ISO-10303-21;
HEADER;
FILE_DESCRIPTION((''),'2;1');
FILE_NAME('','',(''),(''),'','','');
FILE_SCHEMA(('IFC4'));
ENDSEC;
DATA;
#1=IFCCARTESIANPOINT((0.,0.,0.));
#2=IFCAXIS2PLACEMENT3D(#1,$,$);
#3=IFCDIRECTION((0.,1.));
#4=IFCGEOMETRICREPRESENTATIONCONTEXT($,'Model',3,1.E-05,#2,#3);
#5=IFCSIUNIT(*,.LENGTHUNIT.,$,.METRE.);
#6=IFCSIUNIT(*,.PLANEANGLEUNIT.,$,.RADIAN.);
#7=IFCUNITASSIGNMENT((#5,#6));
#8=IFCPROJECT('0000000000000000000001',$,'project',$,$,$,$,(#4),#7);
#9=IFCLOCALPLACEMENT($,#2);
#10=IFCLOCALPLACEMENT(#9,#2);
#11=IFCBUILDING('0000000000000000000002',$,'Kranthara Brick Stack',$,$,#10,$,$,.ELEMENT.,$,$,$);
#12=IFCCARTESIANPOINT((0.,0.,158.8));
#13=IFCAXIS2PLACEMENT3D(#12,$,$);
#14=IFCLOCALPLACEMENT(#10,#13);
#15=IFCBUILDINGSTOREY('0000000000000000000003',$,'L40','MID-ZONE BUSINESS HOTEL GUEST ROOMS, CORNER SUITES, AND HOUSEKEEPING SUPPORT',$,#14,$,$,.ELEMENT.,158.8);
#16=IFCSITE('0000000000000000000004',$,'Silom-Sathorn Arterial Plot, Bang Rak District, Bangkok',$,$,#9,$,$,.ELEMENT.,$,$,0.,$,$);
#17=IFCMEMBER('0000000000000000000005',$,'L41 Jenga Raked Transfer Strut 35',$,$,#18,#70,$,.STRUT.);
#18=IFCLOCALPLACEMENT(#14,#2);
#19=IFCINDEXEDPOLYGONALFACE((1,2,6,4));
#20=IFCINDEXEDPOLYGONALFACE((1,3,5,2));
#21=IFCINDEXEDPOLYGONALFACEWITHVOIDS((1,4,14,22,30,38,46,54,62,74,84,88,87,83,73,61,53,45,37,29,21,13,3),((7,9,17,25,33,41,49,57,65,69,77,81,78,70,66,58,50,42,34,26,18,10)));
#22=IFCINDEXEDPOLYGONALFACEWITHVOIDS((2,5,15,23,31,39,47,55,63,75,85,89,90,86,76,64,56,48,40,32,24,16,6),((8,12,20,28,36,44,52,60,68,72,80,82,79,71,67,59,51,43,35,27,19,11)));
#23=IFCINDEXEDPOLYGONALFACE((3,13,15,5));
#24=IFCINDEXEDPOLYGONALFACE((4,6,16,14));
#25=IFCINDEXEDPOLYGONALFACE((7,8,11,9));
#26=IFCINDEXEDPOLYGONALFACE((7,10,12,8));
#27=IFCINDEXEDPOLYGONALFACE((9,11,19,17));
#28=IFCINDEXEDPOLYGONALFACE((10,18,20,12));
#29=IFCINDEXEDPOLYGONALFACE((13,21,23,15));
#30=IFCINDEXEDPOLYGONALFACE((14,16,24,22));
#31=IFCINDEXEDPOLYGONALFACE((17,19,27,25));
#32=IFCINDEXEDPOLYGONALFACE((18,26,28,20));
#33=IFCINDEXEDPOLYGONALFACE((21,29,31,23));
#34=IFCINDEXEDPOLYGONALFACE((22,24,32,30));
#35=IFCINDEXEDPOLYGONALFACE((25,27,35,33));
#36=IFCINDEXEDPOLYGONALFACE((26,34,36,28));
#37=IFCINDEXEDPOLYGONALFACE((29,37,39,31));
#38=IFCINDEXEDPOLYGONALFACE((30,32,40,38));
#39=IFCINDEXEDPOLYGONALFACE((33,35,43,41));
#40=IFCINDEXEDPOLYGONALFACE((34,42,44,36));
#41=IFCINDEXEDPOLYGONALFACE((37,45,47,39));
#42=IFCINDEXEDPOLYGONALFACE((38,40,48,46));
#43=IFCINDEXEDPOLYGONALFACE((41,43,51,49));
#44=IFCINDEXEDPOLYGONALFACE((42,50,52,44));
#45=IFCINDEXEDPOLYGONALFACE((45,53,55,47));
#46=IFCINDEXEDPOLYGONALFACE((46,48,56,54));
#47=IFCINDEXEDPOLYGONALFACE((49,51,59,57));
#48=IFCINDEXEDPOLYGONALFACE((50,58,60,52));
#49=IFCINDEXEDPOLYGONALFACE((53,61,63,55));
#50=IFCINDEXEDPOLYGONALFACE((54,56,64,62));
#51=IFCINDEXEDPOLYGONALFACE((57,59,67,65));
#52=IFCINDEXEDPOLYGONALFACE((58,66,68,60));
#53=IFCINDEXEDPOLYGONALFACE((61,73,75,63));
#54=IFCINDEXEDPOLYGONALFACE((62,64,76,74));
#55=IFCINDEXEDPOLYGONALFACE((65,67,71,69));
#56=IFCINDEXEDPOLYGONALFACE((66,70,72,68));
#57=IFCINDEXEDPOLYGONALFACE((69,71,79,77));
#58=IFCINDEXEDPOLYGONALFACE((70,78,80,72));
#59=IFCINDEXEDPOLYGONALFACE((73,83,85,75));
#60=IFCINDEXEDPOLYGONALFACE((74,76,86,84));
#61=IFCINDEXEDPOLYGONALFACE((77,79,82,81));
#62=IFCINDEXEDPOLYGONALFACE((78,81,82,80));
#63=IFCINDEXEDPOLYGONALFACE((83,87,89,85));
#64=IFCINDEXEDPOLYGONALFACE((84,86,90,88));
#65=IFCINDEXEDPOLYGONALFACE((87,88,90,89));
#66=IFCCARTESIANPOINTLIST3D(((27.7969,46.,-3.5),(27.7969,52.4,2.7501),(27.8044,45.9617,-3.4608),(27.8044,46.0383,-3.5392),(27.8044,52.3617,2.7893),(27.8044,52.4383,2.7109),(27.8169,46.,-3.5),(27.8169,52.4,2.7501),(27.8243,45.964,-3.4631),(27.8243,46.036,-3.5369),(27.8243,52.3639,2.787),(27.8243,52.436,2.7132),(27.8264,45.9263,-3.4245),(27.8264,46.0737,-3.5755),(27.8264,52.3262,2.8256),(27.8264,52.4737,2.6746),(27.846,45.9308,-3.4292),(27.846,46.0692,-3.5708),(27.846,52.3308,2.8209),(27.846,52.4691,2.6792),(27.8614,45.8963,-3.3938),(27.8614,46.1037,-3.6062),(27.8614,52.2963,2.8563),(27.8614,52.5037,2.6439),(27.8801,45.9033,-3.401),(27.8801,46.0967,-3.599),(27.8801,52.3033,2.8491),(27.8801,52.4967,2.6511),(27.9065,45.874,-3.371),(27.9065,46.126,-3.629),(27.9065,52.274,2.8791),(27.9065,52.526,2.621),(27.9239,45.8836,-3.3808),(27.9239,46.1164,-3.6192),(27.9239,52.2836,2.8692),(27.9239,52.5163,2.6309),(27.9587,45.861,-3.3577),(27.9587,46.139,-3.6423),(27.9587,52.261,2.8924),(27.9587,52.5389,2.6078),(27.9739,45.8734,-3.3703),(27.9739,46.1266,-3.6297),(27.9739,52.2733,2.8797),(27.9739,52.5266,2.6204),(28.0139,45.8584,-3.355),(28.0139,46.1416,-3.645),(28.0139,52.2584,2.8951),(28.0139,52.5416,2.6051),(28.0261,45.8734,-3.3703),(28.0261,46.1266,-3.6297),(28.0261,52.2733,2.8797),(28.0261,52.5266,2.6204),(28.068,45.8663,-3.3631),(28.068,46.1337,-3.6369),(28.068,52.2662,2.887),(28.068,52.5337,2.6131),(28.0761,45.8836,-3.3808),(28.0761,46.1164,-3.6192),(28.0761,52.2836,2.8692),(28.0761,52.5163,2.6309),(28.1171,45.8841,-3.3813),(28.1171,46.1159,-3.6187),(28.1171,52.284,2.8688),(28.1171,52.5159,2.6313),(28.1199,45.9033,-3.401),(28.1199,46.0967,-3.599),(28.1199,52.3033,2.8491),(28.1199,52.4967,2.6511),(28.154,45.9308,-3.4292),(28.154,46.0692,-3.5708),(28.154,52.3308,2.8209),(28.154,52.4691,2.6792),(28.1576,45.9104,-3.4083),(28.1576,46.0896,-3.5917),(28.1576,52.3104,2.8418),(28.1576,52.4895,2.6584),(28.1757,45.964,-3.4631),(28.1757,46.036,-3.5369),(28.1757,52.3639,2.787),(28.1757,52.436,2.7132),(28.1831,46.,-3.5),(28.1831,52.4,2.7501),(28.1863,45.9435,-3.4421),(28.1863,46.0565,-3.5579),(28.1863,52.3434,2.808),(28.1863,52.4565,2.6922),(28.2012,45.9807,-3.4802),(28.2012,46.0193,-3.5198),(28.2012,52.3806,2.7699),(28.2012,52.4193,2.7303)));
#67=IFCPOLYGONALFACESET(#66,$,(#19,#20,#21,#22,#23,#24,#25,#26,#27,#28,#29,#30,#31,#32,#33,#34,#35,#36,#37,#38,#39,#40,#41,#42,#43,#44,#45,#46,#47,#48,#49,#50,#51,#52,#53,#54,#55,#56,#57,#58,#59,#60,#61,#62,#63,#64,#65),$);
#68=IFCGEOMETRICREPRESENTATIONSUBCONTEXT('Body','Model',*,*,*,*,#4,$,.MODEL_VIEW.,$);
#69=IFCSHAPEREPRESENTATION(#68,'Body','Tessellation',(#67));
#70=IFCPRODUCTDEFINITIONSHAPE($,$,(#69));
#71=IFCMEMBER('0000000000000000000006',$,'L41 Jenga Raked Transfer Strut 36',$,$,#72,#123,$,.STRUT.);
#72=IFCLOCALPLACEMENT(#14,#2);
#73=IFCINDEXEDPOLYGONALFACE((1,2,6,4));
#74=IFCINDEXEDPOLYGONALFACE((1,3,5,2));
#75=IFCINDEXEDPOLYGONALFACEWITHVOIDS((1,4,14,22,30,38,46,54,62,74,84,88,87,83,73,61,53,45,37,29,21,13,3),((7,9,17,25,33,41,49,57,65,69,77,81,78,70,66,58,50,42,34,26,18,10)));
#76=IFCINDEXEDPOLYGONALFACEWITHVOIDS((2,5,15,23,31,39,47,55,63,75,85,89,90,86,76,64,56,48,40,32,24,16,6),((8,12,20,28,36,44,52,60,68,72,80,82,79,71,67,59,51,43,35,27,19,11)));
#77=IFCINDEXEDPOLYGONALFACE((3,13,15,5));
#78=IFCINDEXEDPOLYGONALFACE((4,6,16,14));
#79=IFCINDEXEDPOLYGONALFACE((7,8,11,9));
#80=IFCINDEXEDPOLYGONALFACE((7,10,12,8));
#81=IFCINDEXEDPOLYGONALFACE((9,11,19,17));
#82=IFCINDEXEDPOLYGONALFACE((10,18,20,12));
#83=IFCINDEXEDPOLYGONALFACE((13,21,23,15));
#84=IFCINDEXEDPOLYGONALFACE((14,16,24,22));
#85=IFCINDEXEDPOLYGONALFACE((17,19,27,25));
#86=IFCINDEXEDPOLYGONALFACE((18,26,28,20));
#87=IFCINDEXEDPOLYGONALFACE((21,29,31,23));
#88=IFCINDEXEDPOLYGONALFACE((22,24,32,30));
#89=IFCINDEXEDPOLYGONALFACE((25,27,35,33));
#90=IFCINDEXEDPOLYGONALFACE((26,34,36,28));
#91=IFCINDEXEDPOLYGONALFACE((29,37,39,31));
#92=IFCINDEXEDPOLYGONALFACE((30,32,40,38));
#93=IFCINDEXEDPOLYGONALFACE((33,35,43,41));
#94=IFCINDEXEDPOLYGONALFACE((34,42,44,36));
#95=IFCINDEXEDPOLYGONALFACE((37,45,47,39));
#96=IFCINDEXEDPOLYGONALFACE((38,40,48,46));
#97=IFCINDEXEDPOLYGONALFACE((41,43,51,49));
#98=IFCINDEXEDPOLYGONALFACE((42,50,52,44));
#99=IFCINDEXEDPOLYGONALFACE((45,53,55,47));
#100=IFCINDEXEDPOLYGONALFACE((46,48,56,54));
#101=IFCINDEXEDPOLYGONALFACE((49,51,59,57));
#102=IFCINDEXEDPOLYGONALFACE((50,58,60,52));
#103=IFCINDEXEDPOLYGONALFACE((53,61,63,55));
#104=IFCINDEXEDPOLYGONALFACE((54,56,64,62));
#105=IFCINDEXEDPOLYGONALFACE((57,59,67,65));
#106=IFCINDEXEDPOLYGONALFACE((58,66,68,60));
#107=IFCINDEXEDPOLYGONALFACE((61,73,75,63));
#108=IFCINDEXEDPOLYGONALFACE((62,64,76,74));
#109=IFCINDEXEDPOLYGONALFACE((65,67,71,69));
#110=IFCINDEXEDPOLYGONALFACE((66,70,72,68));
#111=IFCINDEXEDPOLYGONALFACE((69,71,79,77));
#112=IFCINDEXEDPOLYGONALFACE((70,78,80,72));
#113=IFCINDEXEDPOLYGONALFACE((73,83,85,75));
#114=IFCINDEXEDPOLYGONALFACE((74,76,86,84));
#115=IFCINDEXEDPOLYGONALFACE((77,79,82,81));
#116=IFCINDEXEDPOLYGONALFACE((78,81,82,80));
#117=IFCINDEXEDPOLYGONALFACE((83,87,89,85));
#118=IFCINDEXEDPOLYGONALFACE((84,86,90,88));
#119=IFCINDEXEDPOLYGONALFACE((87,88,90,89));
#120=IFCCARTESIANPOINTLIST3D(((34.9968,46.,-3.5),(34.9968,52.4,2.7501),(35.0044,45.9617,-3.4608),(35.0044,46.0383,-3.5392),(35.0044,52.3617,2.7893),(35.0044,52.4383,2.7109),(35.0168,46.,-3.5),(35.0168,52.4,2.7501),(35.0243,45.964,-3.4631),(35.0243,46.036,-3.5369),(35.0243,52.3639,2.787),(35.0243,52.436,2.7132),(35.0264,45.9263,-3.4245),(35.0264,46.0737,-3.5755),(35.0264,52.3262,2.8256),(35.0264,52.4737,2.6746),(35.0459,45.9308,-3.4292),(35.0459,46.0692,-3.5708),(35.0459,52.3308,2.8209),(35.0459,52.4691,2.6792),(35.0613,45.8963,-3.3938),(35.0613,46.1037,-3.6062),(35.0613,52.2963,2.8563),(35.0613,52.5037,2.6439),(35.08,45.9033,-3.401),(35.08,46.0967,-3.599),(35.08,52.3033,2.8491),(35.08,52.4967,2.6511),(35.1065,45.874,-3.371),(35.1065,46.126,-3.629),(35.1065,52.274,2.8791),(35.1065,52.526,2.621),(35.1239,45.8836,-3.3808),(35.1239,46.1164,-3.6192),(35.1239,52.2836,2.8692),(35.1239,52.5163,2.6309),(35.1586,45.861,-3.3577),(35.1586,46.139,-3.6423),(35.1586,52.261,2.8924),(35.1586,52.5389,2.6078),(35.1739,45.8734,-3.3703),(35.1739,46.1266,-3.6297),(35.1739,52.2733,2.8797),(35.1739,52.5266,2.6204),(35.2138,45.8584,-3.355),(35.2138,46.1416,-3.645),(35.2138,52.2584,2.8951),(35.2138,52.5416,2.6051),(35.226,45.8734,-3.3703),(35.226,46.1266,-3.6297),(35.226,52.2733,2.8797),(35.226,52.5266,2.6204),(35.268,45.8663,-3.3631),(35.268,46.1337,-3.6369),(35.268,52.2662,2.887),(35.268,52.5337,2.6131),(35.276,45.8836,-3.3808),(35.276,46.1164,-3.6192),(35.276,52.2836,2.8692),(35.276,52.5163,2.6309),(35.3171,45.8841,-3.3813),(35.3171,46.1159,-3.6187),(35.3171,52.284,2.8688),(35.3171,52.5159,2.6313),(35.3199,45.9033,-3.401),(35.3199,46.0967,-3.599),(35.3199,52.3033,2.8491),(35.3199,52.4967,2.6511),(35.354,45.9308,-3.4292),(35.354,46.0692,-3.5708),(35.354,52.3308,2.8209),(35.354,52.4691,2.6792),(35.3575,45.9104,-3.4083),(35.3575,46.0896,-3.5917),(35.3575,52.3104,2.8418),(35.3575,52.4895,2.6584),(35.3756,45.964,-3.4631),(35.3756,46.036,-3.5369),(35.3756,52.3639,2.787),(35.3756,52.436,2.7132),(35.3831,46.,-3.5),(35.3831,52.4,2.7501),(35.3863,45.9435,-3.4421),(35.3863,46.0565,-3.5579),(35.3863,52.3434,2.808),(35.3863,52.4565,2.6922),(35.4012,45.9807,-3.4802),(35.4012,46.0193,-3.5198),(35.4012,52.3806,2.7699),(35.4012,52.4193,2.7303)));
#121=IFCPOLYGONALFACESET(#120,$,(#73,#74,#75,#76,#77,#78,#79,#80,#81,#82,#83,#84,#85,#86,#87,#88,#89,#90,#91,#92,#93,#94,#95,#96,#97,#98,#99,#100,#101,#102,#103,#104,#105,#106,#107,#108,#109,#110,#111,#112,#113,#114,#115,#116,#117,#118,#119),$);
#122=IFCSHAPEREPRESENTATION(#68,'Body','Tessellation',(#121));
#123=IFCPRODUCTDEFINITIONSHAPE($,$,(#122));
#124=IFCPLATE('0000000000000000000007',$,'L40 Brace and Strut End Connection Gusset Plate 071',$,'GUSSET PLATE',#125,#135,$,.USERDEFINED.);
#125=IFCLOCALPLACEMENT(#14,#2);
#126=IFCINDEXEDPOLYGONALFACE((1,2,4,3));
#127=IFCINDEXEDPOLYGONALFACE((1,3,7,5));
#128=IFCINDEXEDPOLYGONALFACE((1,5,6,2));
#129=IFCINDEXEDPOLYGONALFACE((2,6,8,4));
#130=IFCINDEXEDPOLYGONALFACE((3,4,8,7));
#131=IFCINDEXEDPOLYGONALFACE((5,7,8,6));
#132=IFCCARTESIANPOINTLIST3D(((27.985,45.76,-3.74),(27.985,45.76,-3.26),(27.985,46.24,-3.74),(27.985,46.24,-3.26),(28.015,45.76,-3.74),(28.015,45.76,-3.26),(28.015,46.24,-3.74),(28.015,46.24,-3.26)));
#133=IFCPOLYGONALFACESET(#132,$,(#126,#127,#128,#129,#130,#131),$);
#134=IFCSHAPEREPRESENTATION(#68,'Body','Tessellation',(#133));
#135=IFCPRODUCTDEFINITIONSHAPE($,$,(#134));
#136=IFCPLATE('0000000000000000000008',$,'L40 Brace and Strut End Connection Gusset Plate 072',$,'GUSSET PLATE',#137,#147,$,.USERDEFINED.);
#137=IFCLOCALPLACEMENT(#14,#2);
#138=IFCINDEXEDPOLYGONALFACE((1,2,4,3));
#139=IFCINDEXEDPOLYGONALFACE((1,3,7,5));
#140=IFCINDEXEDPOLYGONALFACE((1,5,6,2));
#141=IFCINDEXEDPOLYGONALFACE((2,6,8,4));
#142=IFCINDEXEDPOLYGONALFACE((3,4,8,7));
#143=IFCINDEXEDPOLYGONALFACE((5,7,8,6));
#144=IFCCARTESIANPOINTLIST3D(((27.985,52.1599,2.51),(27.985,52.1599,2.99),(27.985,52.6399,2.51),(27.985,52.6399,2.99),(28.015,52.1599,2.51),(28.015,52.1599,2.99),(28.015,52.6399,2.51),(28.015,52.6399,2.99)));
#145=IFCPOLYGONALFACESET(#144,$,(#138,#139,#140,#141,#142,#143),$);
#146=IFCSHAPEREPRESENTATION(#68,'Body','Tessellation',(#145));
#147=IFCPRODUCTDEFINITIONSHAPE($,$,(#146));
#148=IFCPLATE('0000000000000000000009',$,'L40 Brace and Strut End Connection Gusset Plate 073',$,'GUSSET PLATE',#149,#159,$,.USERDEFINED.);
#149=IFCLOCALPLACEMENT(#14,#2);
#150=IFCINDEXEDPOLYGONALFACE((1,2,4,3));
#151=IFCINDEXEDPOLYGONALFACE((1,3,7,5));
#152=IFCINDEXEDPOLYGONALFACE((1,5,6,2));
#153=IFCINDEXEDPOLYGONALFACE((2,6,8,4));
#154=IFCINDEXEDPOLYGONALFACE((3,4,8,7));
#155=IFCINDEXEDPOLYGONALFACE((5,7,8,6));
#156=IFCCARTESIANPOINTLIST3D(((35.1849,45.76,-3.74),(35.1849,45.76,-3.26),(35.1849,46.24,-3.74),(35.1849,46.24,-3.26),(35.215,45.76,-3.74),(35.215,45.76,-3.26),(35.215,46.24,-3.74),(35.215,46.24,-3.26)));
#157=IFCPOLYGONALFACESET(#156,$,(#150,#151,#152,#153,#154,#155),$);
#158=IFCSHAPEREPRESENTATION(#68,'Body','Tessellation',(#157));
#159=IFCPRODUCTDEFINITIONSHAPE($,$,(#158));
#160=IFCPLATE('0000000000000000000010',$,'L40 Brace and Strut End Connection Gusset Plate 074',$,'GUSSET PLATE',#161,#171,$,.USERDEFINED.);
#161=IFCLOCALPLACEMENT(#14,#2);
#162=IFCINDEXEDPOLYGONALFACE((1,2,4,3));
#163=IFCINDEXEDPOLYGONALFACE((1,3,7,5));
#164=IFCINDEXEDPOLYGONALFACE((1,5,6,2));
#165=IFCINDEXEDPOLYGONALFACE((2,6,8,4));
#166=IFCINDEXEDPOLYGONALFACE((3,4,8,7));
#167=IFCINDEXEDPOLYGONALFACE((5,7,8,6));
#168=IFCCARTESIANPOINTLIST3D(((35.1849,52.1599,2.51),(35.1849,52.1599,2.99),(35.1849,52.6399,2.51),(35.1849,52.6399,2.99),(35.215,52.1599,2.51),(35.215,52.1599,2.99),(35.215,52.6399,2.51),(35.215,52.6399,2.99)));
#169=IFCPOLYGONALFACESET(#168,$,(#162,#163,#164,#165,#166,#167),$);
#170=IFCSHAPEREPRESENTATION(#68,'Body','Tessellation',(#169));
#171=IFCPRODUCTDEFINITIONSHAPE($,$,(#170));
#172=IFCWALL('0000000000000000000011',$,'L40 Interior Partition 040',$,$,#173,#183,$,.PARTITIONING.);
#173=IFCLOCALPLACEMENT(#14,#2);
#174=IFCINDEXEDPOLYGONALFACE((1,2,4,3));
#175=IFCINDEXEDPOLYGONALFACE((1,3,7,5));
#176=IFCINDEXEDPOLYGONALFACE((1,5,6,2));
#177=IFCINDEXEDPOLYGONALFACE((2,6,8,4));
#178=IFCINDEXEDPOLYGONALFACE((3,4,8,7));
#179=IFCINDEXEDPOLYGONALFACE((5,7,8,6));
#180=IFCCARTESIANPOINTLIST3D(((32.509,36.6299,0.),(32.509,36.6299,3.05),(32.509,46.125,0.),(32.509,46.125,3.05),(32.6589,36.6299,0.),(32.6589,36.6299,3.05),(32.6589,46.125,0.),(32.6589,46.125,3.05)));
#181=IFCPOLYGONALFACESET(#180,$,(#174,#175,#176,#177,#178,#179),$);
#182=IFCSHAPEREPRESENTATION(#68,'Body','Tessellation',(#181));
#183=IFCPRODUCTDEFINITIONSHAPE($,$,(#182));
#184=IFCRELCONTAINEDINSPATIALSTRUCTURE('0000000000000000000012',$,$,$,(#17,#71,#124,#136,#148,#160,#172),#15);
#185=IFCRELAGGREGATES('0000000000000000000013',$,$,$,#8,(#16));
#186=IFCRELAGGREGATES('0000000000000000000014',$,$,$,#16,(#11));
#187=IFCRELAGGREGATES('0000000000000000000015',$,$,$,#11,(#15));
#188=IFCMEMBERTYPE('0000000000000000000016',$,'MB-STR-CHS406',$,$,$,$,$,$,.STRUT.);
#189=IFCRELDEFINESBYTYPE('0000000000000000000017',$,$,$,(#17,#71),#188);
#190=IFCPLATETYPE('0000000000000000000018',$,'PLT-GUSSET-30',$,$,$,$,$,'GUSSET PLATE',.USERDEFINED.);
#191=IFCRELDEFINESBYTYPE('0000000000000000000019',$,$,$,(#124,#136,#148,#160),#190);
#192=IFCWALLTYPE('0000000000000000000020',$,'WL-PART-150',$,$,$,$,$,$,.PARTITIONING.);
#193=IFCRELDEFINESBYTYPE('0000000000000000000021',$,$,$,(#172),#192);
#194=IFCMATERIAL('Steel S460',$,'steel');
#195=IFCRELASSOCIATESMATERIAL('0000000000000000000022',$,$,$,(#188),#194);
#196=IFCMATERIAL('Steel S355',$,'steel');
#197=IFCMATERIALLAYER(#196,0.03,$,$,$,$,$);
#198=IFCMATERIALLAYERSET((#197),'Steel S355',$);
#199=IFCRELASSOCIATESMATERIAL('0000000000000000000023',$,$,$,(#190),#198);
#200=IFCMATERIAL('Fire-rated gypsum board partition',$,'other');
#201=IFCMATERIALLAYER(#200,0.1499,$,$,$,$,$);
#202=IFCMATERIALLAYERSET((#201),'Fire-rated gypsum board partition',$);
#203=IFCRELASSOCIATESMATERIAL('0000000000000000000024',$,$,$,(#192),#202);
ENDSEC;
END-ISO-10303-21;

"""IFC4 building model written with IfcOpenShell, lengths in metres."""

from ifc_helpers import new_model, si_unit, direction, frame, frame_2d, origin, origin_2d, place, context, subcontext, project, spatial, rectangle, hollow_circle, extrude, material, layer, layer_set, material_profile, profile_set, type_object, element, save


model = new_model("IFC4")

# Units and contexts
model_context = context("Model", 3, precision=1e-05, world=origin(), true_north=direction((0.0, 1.0)))
body_context = subcontext(model_context, "Body", "Model", "MODEL_VIEW")
ifc_project = project(units=[si_unit("LENGTHUNIT", "METRE"), si_unit("PLANEANGLEUNIT", "RADIAN")], contexts=[model_context])

# Site, building, storey
site_placement = place(None, origin())
site = spatial("IfcSite", under=ifc_project, at=site_placement, Name="Silom-Sathorn Arterial Plot, Bang Rak District, Bangkok", CompositionType="ELEMENT", RefElevation=0.0)
building_placement = place(site_placement, origin())
building = spatial("IfcBuilding", under=site, at=building_placement, Name="Kranthara Brick Stack", CompositionType="ELEMENT")
storey_placement = place(building_placement, frame((0.0, 0.0, 158.8)))
storey = spatial("IfcBuildingStorey", under=building, at=storey_placement, Name="L40", Description="MID-ZONE BUSINESS HOTEL GUEST ROOMS, CORNER SUITES, AND HOUSEKEEPING SUPPORT", CompositionType="ELEMENT", Elevation=158.8)

# Members
ifc_material_1 = material(Name="Steel S460", Category="steel")
ifc_material_profile_1 = material_profile(ifc_material_1, hollow_circle(Radius=0.2031, WallThickness=0.02, at=origin_2d()), Name="CHS 406.4x20")
ifc_profile_set_1 = profile_set([ifc_material_profile_1], Name="Steel S460")
member_type = type_object("IfcMemberType", Name="MB-STR-CHS406", PredefinedType="STRUT", material=ifc_profile_set_1)
for number, where, z_axis, x_axis, name in (
    (1, (28.0, 46.0, -3.5), (0.0, 0.715436, 0.698678), (-1.0, 0.0, 0.0), "L41 Jenga Raked Transfer Strut 35"),
    (2, (35.2, 46.0, -3.5), (0.0, 0.715436, 0.698678), (-1.0, 0.0, 0.0), "L41 Jenga Raked Transfer Strut 36"),
):
    element("IfcMember", number, at=place(storey_placement, frame(where, z_axis=z_axis, x_axis=x_axis)), inside=storey, type_object=member_type, Name=name, PredefinedType="STRUT", context=body_context, shape_type="SweptSolid", body=[
        extrude(hollow_circle(Radius=0.2031, WallThickness=0.02, at=origin_2d()), origin(), (0.0, 0.0, 1.0), 8.9456),
    ])

# Plates
ifc_material_2 = material(Name="Steel S355", Category="steel")
ifc_layer_1 = layer(ifc_material_2, 0.03)
ifc_layer_set_1 = layer_set([ifc_layer_1], Name="Steel S355")
plate_type = type_object("IfcPlateType", Name="PLT-GUSSET-30", ElementType="GUSSET PLATE", PredefinedType="USERDEFINED", material=ifc_layer_set_1)
for number, where, z_axis, x_axis, name in (
    (3, (28.0, 46.0, -3.74), (0.0, 0.0, 1.0), (0.0, 1.0, 0.0), "L40 Brace and Strut End Connection Gusset Plate 071"),
    (4, (28.0, 52.3999, 2.51), (0.0, 0.0, 1.0), (0.0, 1.0, 0.0), "L40 Brace and Strut End Connection Gusset Plate 072"),
    (5, (35.2, 46.0, -3.74), (0.0, 0.0, 1.0), (0.0, 1.0, 0.0), "L40 Brace and Strut End Connection Gusset Plate 073"),
    (6, (35.2, 52.3999, 2.51), (0.0, 0.0, 1.0), (0.0, 1.0, 0.0), "L40 Brace and Strut End Connection Gusset Plate 074"),
):
    element("IfcPlate", number, at=place(storey_placement, frame(where, z_axis=z_axis, x_axis=x_axis)), inside=storey, type_object=plate_type, Name=name, ObjectType="GUSSET PLATE", PredefinedType="USERDEFINED", context=body_context, shape_type="SweptSolid", body=[
        extrude(rectangle(XDim=0.48, YDim=0.03, at=origin_2d()), origin(), (0.0, 0.0, 1.0), 0.48),
    ])

# Wall
ifc_material_3 = material(Name="Fire-rated gypsum board partition", Category="other")
ifc_layer_2 = layer(ifc_material_3, 0.1499)
ifc_layer_set_2 = layer_set([ifc_layer_2], Name="Fire-rated gypsum board partition")
wall_type_1 = type_object("IfcWallType", Name="WL-PART-150", PredefinedType="PARTITIONING", material=ifc_layer_set_2)
wall_1_placement = place(storey_placement, frame((32.584, 36.6299, 0.0), z_axis=(0.0, 0.0, 1.0), x_axis=(0.0, 1.0, 0.0)))
element("IfcWall", 7, at=wall_1_placement, inside=storey, type_object=wall_type_1, Name="L40 Interior Partition 040", PredefinedType="PARTITIONING", context=body_context, shape_type="SweptSolid", body=[
    extrude(rectangle(XDim=9.4951, YDim=0.1499, at=frame_2d((4.7476, 0.0))), origin(), (0.0, 0.0, 1.0), 3.05),
])

save(model, "model.ifc")
